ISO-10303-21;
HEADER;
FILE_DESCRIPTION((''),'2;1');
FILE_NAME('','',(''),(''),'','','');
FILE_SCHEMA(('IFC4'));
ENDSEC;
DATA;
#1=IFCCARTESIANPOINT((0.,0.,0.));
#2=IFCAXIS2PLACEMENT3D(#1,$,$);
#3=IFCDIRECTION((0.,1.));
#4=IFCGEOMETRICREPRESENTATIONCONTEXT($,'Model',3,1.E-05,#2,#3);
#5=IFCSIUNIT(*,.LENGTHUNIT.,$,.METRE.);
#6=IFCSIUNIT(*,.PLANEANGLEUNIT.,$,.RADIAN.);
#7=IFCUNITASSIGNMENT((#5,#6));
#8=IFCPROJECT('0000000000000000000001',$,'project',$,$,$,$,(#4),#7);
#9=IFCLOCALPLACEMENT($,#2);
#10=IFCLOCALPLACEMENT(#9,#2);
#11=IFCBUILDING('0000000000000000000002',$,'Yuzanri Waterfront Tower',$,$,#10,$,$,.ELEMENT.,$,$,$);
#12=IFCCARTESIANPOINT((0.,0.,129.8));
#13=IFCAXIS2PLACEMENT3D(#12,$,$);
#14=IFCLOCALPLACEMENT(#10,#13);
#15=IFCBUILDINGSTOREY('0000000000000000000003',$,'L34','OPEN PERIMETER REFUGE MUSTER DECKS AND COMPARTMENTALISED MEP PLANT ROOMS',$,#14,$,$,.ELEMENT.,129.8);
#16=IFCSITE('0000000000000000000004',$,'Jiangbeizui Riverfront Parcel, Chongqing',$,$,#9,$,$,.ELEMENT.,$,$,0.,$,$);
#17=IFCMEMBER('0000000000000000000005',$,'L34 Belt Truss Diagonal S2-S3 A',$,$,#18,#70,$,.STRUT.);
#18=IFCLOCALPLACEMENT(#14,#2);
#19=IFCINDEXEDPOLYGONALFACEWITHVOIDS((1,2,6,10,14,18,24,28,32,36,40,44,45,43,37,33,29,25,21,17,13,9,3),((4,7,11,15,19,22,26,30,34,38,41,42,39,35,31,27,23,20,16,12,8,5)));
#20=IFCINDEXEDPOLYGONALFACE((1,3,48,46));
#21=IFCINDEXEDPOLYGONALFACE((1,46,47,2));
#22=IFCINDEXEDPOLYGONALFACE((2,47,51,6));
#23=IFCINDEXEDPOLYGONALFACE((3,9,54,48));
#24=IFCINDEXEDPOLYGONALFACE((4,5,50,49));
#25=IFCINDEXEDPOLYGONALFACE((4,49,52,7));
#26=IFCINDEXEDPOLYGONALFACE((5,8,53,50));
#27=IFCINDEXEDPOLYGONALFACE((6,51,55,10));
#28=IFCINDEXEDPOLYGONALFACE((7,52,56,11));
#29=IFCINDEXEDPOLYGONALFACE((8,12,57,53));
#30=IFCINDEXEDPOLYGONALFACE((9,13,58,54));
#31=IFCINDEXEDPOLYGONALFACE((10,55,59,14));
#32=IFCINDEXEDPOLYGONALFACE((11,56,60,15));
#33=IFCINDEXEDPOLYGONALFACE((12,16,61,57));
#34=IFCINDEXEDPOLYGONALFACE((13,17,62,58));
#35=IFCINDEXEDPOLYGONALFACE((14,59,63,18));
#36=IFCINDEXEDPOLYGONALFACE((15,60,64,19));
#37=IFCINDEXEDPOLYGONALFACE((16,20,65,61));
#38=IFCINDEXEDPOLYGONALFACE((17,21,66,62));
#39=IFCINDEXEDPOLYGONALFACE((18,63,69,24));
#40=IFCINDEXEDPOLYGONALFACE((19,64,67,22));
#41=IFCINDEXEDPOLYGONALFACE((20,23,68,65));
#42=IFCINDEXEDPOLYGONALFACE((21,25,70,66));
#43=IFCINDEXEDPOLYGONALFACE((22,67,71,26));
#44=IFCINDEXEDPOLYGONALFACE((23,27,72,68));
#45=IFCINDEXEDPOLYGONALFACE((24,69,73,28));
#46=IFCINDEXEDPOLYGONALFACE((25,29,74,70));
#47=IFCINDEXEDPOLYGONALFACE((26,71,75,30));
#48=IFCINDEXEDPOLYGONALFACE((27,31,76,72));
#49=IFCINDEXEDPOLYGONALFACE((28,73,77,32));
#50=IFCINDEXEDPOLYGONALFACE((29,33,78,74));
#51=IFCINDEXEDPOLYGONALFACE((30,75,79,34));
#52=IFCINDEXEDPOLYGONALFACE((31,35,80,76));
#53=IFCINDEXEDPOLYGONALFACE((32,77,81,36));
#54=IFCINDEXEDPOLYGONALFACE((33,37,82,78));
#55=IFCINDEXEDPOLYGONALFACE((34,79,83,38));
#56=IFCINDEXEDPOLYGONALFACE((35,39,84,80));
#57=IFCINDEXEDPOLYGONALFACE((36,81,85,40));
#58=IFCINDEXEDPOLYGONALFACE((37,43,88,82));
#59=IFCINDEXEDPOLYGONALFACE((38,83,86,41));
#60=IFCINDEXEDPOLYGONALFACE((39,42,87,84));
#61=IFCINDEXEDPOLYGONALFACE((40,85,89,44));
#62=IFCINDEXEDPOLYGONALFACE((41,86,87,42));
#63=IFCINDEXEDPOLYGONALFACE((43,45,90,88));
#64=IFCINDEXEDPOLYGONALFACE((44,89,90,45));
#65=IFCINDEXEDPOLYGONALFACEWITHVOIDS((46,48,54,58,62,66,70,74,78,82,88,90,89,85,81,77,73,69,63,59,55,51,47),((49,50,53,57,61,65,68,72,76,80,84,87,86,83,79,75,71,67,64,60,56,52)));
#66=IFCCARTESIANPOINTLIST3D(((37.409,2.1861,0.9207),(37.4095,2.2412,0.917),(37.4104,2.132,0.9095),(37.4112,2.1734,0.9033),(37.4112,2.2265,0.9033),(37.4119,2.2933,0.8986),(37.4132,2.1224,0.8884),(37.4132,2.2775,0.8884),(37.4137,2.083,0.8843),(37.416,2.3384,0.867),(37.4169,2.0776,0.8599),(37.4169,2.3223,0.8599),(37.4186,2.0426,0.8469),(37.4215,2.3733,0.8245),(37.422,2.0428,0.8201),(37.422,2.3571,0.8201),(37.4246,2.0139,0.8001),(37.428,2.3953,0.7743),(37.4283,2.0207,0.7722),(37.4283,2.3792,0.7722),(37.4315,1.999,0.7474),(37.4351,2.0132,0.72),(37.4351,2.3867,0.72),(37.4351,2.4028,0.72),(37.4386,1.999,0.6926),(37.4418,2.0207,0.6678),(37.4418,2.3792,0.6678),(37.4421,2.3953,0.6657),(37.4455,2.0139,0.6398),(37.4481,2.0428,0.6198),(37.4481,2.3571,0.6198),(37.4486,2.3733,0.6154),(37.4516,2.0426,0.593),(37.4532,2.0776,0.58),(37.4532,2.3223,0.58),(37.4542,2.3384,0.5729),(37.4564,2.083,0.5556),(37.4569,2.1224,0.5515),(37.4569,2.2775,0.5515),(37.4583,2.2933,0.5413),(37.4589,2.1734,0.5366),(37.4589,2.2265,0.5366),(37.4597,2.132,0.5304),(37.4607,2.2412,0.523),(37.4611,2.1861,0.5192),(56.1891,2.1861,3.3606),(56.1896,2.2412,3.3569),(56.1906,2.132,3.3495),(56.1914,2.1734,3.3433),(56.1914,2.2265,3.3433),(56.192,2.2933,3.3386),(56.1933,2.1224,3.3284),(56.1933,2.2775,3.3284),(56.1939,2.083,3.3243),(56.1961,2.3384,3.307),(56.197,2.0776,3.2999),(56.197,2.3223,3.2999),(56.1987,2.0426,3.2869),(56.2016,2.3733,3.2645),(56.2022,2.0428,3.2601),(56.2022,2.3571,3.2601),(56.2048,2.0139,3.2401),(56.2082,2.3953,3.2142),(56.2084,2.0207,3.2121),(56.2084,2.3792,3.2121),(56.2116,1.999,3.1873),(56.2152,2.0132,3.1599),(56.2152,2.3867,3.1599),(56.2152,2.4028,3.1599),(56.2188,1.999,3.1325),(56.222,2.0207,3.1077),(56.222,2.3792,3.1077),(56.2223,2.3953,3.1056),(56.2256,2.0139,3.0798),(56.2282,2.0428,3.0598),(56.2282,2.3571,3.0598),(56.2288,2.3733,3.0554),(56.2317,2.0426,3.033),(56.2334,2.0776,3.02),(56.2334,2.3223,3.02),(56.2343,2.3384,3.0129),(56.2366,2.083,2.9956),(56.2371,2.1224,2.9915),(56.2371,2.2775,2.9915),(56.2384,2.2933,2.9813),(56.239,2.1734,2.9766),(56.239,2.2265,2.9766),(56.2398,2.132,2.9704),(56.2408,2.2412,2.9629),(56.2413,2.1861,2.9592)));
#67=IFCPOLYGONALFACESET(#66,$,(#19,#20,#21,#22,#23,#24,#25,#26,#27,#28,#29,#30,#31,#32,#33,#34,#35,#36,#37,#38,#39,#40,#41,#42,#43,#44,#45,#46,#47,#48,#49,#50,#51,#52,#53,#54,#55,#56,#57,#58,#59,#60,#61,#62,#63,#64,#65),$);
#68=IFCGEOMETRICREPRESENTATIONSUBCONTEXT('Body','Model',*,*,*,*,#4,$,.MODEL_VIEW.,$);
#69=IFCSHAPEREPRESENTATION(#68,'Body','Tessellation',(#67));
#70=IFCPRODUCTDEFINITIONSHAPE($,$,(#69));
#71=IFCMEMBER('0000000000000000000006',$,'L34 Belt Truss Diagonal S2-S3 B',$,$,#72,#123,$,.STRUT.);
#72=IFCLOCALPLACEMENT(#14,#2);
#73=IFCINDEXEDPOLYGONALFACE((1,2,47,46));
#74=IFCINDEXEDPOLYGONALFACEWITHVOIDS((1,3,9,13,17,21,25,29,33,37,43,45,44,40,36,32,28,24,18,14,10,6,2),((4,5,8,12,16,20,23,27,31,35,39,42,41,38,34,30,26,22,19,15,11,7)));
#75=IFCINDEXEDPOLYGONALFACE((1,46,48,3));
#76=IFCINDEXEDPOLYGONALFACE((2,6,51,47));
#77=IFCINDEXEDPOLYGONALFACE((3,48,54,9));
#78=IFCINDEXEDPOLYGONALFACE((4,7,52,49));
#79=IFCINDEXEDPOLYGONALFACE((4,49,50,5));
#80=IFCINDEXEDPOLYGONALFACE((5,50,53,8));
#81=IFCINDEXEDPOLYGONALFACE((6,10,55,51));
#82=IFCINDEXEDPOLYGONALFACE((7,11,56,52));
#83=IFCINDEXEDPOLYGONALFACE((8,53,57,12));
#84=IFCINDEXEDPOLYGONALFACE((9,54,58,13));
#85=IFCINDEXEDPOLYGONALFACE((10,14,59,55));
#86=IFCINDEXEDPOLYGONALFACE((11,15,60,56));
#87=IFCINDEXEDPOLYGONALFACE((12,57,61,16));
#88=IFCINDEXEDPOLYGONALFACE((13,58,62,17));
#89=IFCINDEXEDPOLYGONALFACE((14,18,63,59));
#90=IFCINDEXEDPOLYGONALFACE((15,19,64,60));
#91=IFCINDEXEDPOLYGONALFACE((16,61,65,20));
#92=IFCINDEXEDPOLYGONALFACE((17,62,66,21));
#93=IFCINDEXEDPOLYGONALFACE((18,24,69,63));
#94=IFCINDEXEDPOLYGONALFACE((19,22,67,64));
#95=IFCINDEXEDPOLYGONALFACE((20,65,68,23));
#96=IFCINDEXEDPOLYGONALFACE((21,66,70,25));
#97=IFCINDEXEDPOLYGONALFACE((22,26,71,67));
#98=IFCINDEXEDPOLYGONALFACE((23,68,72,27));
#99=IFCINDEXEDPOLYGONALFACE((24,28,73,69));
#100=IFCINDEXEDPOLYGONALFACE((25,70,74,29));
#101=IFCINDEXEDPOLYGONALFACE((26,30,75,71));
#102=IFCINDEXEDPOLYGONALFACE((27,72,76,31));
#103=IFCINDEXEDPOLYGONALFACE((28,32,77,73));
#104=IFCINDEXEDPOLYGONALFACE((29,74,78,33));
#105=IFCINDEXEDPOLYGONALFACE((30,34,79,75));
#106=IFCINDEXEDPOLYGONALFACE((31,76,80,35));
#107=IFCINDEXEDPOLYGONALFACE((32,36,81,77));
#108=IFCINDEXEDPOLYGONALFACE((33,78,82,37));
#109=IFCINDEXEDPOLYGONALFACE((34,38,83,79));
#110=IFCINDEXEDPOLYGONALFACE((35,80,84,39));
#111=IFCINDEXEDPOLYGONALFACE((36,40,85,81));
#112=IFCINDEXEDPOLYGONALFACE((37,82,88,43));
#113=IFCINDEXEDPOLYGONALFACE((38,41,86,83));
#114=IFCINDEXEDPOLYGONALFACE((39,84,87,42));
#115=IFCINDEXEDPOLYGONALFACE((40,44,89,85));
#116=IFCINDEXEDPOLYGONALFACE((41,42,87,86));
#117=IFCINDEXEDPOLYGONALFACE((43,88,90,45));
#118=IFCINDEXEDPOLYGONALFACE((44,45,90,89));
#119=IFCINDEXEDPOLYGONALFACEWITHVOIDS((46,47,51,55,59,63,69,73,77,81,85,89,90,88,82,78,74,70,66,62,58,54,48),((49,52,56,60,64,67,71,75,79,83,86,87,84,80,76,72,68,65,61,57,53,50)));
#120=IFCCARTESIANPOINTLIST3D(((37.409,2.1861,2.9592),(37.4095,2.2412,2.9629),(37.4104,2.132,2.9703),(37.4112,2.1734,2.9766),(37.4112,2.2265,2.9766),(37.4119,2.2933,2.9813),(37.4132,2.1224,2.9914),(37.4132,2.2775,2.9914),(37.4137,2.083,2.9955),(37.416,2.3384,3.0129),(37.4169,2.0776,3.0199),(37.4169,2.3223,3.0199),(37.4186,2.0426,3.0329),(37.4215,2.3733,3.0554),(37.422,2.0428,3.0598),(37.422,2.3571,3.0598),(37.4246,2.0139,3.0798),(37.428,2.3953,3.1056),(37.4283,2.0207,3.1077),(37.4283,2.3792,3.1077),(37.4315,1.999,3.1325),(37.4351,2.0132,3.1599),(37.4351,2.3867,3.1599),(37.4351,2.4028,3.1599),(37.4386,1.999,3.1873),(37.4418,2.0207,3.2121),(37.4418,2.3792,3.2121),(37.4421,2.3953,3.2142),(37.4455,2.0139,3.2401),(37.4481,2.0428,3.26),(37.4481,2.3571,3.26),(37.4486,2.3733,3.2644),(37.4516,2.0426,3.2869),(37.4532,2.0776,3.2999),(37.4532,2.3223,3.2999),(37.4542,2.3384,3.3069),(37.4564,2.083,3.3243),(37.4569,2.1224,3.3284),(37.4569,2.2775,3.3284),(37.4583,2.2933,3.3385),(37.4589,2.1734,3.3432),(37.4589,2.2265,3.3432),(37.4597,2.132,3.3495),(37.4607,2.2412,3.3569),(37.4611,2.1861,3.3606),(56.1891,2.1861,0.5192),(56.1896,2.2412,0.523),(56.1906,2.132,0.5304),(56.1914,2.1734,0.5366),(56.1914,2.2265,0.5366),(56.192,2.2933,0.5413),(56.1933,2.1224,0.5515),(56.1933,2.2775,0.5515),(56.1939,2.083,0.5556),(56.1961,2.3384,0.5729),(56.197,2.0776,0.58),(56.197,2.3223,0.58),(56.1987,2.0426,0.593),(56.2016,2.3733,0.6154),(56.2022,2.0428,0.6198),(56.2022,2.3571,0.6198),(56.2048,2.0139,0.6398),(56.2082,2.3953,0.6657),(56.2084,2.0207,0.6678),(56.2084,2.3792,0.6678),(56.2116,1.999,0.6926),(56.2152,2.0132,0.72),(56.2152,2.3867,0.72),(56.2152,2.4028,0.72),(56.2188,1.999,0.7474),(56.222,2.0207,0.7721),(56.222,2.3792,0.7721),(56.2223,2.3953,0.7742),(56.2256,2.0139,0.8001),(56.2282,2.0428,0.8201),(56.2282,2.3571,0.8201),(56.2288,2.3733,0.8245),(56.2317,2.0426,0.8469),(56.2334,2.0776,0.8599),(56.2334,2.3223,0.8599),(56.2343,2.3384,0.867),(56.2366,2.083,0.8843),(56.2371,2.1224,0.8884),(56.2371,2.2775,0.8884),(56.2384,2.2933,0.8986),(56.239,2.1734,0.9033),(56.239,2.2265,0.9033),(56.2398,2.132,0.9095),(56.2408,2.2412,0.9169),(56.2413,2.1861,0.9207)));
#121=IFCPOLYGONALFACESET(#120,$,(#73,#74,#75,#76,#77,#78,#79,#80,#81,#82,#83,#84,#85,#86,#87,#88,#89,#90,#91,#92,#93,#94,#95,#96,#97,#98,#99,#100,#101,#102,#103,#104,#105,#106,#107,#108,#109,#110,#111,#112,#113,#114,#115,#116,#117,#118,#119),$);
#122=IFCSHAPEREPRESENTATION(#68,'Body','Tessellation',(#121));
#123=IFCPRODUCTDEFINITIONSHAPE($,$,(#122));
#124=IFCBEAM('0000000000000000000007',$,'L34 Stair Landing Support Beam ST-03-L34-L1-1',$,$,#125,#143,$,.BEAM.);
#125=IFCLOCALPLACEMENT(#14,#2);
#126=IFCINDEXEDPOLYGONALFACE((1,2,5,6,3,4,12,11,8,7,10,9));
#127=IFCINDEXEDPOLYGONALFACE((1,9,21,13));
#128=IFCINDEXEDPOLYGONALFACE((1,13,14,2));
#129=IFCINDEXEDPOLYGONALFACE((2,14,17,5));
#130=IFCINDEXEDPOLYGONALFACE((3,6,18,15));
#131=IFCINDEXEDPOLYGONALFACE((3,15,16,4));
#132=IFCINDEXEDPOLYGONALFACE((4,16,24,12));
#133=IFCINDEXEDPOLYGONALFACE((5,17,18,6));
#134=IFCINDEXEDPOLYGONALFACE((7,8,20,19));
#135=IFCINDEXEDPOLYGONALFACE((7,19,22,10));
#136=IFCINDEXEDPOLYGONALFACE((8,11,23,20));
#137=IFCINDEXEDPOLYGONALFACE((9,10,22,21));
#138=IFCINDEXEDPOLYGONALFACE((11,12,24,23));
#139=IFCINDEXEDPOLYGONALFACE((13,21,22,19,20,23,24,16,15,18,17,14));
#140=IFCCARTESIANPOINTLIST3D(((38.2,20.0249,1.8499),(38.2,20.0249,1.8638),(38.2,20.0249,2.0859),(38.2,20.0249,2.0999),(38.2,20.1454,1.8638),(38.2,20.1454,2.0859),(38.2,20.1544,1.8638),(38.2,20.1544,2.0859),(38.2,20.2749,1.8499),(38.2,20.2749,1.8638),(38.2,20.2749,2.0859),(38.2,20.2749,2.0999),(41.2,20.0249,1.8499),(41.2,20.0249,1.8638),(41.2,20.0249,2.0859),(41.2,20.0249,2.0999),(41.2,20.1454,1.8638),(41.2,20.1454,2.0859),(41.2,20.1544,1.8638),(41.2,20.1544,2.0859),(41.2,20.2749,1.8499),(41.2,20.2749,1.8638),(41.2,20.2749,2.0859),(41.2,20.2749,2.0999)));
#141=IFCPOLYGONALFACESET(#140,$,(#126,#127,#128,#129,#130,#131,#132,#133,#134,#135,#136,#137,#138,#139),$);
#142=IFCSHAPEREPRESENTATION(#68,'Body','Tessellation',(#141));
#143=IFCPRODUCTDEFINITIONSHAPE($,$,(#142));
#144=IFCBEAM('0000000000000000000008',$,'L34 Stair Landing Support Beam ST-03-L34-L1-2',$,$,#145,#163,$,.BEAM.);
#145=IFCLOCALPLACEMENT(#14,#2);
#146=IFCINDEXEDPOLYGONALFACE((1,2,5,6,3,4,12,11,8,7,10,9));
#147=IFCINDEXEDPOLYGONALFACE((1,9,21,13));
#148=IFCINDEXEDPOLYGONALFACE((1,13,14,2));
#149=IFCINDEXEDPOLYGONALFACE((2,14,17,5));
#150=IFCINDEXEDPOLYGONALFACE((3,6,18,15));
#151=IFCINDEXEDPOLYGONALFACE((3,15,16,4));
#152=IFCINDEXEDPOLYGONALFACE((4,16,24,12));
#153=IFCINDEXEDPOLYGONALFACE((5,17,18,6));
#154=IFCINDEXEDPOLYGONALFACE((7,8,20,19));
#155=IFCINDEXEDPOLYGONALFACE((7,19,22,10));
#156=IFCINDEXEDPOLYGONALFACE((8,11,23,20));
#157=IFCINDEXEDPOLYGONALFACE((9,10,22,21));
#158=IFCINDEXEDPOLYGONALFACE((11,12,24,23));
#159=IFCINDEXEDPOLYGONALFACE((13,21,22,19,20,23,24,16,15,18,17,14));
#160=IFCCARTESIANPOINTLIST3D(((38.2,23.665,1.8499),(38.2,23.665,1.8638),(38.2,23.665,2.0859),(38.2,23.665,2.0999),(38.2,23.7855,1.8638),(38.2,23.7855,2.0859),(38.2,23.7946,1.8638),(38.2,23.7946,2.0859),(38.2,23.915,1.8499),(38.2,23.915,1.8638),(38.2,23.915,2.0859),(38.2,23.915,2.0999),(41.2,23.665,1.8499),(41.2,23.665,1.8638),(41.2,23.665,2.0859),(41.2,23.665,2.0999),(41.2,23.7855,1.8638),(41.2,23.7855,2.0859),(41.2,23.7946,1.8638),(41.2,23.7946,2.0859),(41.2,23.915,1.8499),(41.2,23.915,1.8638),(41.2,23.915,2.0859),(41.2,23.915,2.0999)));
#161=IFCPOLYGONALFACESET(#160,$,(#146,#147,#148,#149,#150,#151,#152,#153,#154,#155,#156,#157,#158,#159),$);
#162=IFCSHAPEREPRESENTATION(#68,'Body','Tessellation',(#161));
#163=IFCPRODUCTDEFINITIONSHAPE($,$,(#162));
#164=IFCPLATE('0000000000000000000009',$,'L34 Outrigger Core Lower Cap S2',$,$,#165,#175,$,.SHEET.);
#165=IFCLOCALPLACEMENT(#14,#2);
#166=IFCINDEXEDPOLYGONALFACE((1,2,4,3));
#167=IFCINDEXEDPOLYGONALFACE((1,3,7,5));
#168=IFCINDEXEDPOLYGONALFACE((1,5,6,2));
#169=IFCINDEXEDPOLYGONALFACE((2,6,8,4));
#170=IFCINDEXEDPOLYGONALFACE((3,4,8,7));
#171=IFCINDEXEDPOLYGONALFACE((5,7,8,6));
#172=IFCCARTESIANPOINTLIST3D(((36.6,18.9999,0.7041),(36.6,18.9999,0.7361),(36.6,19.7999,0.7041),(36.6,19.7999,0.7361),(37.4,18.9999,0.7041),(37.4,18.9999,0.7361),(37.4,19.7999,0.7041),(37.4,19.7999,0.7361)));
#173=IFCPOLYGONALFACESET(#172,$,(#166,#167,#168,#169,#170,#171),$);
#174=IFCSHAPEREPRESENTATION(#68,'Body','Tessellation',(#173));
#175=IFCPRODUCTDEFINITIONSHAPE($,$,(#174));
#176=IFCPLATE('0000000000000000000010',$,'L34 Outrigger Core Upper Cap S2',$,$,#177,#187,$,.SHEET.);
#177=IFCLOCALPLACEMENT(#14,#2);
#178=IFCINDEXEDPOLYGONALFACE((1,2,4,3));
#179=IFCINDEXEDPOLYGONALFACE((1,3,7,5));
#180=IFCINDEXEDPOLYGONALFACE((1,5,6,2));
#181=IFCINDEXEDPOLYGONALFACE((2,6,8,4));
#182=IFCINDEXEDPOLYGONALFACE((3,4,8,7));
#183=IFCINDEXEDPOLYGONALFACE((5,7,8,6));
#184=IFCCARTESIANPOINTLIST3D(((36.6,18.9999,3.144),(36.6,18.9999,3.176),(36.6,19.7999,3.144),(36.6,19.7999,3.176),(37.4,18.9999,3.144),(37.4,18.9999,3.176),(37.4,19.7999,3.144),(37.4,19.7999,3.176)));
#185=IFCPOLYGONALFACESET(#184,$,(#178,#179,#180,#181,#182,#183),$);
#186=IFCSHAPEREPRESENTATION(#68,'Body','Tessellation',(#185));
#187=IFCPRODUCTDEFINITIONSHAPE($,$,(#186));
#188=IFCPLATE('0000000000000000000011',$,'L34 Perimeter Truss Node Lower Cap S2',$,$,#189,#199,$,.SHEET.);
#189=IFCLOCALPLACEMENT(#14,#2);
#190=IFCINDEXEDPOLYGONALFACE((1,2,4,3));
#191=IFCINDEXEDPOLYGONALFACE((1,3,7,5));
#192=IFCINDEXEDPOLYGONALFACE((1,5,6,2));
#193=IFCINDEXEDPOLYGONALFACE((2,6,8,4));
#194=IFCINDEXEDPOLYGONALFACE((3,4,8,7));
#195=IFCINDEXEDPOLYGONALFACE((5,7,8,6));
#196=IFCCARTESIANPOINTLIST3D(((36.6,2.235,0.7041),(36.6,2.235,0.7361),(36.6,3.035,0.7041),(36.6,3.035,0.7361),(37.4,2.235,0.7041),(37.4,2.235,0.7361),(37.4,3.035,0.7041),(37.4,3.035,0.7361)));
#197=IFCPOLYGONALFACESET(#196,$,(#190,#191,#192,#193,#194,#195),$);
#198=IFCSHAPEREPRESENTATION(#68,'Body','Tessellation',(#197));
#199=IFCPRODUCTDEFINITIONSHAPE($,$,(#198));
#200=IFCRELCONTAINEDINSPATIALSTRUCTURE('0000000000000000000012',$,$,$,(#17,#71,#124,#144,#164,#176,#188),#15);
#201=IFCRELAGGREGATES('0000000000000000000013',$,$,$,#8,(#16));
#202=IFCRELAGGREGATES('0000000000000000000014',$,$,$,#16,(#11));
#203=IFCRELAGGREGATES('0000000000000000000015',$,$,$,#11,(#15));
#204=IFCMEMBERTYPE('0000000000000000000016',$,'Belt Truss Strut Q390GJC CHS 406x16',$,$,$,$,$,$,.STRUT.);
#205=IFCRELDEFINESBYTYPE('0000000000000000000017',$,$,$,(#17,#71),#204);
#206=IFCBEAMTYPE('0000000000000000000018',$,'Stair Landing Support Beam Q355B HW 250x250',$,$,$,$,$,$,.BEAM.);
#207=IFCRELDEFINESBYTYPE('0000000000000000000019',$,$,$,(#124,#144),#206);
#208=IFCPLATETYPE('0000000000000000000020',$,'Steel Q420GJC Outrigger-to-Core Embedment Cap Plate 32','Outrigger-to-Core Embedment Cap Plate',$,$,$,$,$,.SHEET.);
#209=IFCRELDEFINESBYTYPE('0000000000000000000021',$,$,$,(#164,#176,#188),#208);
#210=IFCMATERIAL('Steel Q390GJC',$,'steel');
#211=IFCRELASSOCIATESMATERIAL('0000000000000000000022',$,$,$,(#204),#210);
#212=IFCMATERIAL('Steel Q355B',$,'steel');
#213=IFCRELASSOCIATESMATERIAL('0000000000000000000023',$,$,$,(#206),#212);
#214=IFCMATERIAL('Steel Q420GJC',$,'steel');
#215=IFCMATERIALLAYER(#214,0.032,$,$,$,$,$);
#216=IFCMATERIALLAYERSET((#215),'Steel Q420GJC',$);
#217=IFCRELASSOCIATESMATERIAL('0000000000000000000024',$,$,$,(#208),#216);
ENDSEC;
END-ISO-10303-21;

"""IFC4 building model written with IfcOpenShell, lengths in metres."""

from ifc_helpers import new_model, si_unit, direction, frame, origin, origin_2d, place, context, subcontext, project, spatial, rectangle, hollow_circle, i_section, extrude, source, transform, mapped, material, layer, layer_set, material_profile, profile_set, type_object, element, save


model = new_model("IFC4")

# Units and contexts
model_context = context("Model", 3, precision=1e-05, world=origin(), true_north=direction((0.0, 1.0)))
body_context = subcontext(model_context, "Body", "Model", "MODEL_VIEW")
ifc_project = project(units=[si_unit("LENGTHUNIT", "METRE"), si_unit("PLANEANGLEUNIT", "RADIAN")], contexts=[model_context])

# Site, building, storey
site_placement = place(None, origin())
site = spatial("IfcSite", under=ifc_project, at=site_placement, Name="Jiangbeizui Riverfront Parcel, Chongqing", CompositionType="ELEMENT", RefElevation=0.0)
building_placement = place(site_placement, origin())
building = spatial("IfcBuilding", under=site, at=building_placement, Name="Yuzanri Waterfront Tower", CompositionType="ELEMENT")
storey_placement = place(building_placement, frame((0.0, 0.0, 129.8)))
storey = spatial("IfcBuildingStorey", under=building, at=storey_placement, Name="L34", Description="OPEN PERIMETER REFUGE MUSTER DECKS AND COMPARTMENTALISED MEP PLANT ROOMS", CompositionType="ELEMENT", Elevation=129.8)

# Members
ifc_material_1 = material(Name="Steel Q390GJC", Category="steel")
ifc_material_profile_1 = material_profile(ifc_material_1, hollow_circle(Radius=0.2029, WallThickness=0.0161, at=origin_2d()), Name="CHS 406x16")
ifc_profile_set_1 = profile_set([ifc_material_profile_1], Name="Steel Q390GJC")
member_type_1 = type_object("IfcMemberType", Name="Belt Truss Strut Q390GJC CHS 406x16", PredefinedType="STRUT", material=ifc_profile_set_1)
shared_shape_1 = source(origin(), body_context, "Body", "SweptSolid", [
    extrude(hollow_circle(Radius=0.2029, WallThickness=0.0161, at=origin_2d()), origin(), (0.0, 0.0, 1.0), 18.938),
])
for number, where, z_axis, x_axis, name in (
    (1, (37.4351, 2.2, 0.72), (0.991665, 0.0, 0.128839), (0.0, 1.0, 0.0), "L34 Belt Truss Diagonal S2-S3 A"),
    (2, (37.4351, 2.2, 3.1599), (0.991665, 0.0, -0.128839), (0.0, 1.0, 0.0), "L34 Belt Truss Diagonal S2-S3 B"),
):
    element("IfcMember", number, at=place(storey_placement, frame(where, z_axis=z_axis, x_axis=x_axis)), inside=storey, type_object=member_type_1, Name=name, PredefinedType="STRUT", context=body_context, shape_type="MappedRepresentation", body=[
        mapped(shared_shape_1, transform((0.0, 0.0, 0.0), scale=1.0)),
    ])

# Beams
ifc_material_2 = material(Name="Steel Q355B", Category="steel")
ifc_material_profile_2 = material_profile(ifc_material_2, i_section(OverallWidth=0.25, OverallDepth=0.25, WebThickness=0.009, FlangeThickness=0.0139, at=origin_2d()), Name="HW 250x250x9x14")
ifc_profile_set_2 = profile_set([ifc_material_profile_2], Name="Steel Q355B")
beam_type_1 = type_object("IfcBeamType", Name="Stair Landing Support Beam Q355B HW 250x250", PredefinedType="BEAM", material=ifc_profile_set_2)
shared_shape_2 = source(origin(), body_context, "Body", "SweptSolid", [
    extrude(i_section(OverallWidth=0.25, OverallDepth=0.25, WebThickness=0.009, FlangeThickness=0.0139, at=origin_2d()), origin(), (0.0, 0.0, 1.0), 3.0),
])
for number, where, z_axis, x_axis, name in (
    (3, (38.2, 20.1499, 1.9749), (1.0, 0.0, 0.0), (0.0, 1.0, 0.0), "L34 Stair Landing Support Beam ST-03-L34-L1-1"),
    (4, (38.2, 23.79, 1.9749), (1.0, 0.0, 0.0), (0.0, 1.0, 0.0), "L34 Stair Landing Support Beam ST-03-L34-L1-2"),
):
    element("IfcBeam", number, at=place(storey_placement, frame(where, z_axis=z_axis, x_axis=x_axis)), inside=storey, type_object=beam_type_1, Name=name, PredefinedType="BEAM", context=body_context, shape_type="MappedRepresentation", body=[
        mapped(shared_shape_2, transform((0.0, 0.0, 0.0), scale=1.0)),
    ])

# Plates
ifc_material_3 = material(Name="Steel Q420GJC", Category="steel")
ifc_layer_1 = layer(ifc_material_3, 0.032)
ifc_layer_set_1 = layer_set([ifc_layer_1], Name="Steel Q420GJC")
plate_type = type_object("IfcPlateType", Name="Steel Q420GJC Outrigger-to-Core Embedment Cap Plate 32", Description="Outrigger-to-Core Embedment Cap Plate", PredefinedType="SHEET", material=ifc_layer_set_1)
shared_shape_3 = source(origin(), body_context, "Body", "SweptSolid", [
    extrude(rectangle(XDim=0.8, YDim=0.8, at=origin_2d()), origin(), (0.0, 0.0, 1.0), 0.032),
])
for number, where, z_axis, x_axis, name in (
    (5, (37.0, 19.3999, 0.7041), (0.0, 0.0, 1.0), (1.0, 0.0, 0.0), "L34 Outrigger Core Lower Cap S2"),
    (6, (37.0, 19.3999, 3.144), (0.0, 0.0, 1.0), (1.0, 0.0, 0.0), "L34 Outrigger Core Upper Cap S2"),
    (7, (37.0, 2.635, 0.7041), (0.0, 0.0, 1.0), (1.0, 0.0, 0.0), "L34 Perimeter Truss Node Lower Cap S2"),
):
    element("IfcPlate", number, at=place(storey_placement, frame(where, z_axis=z_axis, x_axis=x_axis)), inside=storey, type_object=plate_type, Name=name, PredefinedType="SHEET", context=body_context, shape_type="MappedRepresentation", body=[
        mapped(shared_shape_3, transform((0.0, 0.0, 0.0), scale=1.0)),
    ])

save(model, "model.ifc")
